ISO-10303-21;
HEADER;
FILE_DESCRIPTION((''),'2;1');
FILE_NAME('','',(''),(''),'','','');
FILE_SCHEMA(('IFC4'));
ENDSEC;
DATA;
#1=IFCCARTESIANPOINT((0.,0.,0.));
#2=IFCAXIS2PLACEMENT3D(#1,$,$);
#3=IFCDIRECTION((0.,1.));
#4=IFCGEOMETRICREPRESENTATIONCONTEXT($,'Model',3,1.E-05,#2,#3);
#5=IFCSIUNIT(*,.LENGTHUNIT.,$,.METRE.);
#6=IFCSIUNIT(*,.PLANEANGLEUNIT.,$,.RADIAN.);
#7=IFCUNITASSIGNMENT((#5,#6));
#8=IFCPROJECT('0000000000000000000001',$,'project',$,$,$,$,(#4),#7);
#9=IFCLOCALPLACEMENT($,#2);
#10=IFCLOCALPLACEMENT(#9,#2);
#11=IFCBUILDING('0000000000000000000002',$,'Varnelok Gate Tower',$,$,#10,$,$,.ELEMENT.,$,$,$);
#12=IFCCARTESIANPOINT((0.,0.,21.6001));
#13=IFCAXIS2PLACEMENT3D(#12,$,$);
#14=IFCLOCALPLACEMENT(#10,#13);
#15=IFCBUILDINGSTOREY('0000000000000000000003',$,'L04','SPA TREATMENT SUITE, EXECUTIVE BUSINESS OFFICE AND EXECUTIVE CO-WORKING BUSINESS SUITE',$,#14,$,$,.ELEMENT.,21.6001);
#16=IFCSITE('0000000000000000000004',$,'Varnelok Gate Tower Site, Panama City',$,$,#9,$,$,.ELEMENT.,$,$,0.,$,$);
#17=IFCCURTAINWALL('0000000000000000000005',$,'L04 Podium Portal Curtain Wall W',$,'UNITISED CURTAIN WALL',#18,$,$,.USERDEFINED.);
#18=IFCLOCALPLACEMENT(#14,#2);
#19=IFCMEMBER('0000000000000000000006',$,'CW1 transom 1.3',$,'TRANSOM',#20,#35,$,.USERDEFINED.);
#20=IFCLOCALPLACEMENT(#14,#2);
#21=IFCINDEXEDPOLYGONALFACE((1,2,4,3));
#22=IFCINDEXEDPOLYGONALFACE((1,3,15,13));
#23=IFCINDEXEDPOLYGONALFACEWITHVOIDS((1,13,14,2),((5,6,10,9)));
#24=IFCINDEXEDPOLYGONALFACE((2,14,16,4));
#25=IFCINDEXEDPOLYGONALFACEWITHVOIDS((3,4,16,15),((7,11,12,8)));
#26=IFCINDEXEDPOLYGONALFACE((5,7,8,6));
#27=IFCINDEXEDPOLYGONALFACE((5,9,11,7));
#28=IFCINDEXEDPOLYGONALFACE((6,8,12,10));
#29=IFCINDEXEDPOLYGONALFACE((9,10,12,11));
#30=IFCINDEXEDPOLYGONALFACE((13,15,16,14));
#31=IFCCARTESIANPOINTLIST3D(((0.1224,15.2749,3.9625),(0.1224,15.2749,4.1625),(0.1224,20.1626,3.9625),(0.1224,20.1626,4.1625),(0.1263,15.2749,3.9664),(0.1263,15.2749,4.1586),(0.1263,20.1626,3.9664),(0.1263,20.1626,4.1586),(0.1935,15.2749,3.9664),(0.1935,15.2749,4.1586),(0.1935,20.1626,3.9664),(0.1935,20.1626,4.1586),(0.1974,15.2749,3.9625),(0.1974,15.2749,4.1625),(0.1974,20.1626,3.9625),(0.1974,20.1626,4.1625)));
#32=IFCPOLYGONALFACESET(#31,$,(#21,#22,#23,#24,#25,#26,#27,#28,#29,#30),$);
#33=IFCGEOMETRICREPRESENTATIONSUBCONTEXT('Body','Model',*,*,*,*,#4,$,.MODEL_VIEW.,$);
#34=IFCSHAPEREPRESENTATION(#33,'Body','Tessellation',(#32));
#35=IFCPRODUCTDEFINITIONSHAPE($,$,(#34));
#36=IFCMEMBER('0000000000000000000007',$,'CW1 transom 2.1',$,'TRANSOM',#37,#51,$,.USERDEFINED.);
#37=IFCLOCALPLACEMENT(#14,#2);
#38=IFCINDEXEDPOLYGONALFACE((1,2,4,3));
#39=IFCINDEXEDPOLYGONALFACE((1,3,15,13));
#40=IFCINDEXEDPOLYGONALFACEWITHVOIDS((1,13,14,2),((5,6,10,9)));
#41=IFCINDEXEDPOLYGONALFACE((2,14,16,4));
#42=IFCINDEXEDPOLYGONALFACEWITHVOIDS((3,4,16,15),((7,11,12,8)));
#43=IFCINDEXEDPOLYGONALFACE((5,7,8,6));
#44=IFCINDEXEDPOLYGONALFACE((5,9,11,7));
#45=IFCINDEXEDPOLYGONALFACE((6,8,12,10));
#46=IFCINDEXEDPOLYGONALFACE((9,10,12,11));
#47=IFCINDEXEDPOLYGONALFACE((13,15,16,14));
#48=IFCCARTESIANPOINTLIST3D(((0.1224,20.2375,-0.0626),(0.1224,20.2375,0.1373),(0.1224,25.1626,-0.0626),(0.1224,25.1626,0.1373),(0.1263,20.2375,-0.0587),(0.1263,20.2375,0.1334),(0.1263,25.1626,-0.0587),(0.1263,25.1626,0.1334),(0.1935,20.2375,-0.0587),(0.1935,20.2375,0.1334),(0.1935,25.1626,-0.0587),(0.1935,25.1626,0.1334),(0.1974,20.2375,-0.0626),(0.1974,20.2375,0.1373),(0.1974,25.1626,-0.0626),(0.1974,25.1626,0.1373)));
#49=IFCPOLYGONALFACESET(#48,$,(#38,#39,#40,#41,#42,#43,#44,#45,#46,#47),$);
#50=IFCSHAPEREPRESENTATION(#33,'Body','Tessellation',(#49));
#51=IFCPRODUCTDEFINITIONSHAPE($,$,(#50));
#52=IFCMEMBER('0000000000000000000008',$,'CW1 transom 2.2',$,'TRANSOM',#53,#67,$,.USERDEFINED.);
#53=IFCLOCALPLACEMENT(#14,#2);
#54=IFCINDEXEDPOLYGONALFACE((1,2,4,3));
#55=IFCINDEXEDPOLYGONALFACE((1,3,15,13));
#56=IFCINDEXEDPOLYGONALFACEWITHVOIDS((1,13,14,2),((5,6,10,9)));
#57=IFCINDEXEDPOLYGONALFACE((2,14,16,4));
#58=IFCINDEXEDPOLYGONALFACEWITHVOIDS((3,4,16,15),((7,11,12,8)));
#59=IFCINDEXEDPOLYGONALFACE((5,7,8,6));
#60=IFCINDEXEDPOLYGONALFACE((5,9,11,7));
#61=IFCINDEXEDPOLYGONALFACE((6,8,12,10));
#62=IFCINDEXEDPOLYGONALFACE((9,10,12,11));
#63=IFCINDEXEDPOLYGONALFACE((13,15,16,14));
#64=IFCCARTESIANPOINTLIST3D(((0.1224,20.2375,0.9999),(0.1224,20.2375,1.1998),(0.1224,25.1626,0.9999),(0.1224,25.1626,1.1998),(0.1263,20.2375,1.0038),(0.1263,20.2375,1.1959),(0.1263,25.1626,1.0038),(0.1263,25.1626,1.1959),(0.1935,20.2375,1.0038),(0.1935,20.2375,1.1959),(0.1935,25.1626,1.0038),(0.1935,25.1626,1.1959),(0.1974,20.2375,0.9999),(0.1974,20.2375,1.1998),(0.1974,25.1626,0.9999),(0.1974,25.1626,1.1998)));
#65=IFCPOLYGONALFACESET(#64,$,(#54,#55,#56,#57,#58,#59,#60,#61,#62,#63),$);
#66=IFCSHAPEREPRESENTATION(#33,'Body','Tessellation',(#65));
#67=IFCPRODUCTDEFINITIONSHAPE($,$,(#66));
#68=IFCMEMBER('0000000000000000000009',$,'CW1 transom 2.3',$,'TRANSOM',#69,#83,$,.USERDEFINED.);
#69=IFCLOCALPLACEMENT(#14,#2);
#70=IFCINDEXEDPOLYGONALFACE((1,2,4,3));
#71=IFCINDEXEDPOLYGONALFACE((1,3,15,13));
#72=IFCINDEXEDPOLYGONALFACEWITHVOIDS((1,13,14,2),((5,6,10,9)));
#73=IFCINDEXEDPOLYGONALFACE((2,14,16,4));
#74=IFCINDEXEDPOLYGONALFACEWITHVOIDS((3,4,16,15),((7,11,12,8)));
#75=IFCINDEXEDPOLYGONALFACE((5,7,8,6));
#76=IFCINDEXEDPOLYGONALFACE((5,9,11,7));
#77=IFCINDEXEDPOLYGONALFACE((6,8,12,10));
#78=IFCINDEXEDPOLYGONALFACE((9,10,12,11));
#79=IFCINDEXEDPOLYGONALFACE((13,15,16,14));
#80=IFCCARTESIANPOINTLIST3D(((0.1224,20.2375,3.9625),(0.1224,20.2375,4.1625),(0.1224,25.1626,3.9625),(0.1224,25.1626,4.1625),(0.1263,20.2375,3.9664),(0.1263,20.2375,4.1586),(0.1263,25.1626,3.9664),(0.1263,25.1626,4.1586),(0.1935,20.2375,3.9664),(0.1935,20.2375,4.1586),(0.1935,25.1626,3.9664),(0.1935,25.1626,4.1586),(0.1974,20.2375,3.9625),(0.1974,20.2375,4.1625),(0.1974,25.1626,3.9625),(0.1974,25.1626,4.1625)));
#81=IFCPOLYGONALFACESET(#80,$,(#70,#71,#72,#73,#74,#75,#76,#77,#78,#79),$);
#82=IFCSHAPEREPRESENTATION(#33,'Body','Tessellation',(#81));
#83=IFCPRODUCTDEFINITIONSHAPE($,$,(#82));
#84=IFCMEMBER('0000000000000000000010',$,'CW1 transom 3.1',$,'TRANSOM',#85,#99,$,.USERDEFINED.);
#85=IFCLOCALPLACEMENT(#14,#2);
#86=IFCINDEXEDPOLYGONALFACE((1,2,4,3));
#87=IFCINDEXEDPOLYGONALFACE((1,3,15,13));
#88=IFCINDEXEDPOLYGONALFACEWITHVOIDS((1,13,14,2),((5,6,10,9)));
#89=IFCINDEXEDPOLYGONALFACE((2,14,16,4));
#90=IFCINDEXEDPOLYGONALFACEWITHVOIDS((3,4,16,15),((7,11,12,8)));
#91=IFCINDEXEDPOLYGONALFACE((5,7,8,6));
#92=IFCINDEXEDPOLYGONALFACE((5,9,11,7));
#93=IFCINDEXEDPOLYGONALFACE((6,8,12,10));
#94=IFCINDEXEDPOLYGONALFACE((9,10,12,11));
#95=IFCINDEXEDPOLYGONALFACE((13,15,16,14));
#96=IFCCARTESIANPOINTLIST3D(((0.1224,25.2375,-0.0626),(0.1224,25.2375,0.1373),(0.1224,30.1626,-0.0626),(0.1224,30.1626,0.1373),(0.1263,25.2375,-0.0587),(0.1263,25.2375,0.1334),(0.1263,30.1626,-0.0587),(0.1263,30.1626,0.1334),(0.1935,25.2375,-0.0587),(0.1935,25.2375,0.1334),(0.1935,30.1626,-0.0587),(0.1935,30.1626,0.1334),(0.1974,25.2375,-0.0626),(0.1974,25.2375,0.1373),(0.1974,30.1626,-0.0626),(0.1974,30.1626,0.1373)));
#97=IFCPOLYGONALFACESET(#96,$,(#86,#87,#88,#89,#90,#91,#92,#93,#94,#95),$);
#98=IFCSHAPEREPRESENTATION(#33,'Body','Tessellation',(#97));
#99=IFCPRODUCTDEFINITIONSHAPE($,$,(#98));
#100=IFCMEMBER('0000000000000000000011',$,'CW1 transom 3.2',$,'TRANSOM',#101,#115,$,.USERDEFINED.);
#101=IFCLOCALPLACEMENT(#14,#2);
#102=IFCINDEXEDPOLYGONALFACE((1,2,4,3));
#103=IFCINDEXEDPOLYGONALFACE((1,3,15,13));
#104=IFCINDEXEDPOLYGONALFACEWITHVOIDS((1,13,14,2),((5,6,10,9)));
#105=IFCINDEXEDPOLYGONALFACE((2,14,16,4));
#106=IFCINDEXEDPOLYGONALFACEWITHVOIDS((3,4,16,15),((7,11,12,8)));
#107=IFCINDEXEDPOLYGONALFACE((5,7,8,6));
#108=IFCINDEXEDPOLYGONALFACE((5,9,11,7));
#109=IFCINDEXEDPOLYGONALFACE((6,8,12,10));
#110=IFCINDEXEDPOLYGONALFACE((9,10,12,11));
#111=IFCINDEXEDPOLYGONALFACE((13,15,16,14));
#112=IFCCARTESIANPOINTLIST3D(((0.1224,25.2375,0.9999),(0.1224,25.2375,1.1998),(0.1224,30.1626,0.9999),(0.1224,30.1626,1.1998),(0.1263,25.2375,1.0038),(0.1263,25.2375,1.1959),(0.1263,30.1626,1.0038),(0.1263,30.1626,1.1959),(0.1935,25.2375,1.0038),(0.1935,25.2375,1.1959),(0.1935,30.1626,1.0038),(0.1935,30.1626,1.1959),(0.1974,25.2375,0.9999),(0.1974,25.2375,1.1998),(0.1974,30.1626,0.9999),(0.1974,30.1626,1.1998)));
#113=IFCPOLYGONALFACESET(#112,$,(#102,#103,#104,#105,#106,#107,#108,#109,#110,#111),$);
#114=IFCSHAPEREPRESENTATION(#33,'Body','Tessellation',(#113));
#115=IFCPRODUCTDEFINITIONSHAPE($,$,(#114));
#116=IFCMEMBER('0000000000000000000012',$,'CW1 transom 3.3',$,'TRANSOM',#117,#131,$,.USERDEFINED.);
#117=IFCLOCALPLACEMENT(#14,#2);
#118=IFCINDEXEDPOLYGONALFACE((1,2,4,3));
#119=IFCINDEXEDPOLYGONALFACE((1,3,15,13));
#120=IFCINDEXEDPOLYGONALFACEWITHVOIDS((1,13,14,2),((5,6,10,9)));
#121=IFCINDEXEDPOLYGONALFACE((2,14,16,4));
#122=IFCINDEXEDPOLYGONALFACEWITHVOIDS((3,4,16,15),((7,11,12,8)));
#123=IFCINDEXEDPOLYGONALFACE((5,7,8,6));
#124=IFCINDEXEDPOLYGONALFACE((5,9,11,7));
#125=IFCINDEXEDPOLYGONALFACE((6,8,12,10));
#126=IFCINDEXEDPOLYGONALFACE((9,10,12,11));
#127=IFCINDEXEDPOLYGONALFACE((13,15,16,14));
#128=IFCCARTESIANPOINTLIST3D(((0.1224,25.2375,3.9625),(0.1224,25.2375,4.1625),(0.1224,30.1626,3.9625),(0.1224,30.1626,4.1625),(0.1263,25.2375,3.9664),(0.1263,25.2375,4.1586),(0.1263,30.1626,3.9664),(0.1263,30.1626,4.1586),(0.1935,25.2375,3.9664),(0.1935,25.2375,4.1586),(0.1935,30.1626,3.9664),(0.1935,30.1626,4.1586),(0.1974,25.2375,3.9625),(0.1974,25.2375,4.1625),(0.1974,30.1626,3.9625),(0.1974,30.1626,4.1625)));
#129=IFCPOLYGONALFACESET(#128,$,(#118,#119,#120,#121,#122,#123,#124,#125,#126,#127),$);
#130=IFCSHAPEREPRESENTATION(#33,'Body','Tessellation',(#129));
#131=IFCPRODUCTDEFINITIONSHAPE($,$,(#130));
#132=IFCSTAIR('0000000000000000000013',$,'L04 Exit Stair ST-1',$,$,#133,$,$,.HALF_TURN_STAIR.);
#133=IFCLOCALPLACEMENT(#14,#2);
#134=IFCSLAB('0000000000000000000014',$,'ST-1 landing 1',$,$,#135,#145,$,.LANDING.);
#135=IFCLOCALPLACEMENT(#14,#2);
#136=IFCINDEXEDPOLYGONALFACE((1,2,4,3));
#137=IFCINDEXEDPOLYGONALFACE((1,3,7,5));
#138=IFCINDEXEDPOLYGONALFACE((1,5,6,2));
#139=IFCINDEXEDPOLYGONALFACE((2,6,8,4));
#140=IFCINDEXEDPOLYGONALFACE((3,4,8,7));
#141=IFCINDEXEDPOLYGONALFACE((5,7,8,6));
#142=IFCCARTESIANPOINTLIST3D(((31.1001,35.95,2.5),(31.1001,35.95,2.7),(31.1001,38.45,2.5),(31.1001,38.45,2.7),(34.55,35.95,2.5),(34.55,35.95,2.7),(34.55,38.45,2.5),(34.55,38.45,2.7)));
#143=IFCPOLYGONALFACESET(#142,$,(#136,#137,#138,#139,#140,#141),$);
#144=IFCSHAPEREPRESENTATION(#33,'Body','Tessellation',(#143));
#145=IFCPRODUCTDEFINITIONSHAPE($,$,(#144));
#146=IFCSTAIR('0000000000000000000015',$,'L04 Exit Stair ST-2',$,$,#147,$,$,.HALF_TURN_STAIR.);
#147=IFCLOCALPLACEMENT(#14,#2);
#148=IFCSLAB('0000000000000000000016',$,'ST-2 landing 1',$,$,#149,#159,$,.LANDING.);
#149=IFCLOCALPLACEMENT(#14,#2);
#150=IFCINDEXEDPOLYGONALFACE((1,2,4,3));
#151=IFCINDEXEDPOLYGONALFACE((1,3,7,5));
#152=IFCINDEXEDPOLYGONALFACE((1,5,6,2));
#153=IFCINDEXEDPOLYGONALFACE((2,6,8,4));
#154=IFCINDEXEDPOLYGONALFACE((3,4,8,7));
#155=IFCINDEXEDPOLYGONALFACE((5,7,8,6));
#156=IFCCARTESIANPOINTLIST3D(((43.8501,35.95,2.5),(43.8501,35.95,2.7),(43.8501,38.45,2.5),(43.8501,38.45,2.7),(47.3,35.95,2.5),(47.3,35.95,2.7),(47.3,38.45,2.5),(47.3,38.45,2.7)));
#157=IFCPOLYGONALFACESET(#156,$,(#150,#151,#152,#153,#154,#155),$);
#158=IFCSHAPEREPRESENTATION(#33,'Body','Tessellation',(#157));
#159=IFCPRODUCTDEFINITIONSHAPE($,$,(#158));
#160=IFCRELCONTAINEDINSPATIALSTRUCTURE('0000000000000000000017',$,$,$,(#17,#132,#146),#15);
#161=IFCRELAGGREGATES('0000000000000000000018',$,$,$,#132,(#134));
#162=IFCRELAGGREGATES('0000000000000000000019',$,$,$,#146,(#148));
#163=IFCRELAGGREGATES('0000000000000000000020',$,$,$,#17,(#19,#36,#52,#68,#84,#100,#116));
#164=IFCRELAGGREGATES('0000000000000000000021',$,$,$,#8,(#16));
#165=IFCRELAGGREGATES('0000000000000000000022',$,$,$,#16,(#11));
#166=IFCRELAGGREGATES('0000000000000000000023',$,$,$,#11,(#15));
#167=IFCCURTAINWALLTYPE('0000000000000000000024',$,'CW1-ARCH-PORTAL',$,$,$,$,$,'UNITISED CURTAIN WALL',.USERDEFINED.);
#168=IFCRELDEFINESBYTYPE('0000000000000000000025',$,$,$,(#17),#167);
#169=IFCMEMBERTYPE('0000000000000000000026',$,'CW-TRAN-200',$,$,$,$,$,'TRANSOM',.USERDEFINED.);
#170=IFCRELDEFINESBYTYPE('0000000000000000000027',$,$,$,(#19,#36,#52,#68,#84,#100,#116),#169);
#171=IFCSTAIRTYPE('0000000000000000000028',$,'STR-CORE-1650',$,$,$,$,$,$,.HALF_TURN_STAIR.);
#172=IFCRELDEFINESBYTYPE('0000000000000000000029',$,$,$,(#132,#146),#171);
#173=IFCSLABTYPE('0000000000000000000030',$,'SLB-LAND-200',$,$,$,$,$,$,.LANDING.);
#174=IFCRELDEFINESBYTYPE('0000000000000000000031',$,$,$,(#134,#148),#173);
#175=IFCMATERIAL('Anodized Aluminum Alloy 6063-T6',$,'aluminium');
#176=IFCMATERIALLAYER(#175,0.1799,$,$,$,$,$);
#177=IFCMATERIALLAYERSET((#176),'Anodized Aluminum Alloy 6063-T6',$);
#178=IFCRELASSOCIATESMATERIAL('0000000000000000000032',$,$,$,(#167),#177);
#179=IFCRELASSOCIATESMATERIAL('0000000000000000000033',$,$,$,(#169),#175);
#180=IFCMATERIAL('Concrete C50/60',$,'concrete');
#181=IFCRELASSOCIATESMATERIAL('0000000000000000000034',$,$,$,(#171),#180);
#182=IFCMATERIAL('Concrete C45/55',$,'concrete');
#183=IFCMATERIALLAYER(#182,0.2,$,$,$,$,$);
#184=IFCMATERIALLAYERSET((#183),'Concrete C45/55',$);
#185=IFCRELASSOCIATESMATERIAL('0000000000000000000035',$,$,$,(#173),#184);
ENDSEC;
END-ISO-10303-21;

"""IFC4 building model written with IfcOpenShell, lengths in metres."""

from ifc_helpers import new_model, si_unit, direction, frame, origin, origin_2d, place, context, subcontext, project, spatial, polyline, hollow_rectangle, outline, extrude, material, layer, layer_set, material_profile, profile_set, type_object, element, aggregate, save


model = new_model("IFC4")

# Units and contexts
model_context = context("Model", 3, precision=1e-05, world=origin(), true_north=direction((0.0, 1.0)))
body_context = subcontext(model_context, "Body", "Model", "MODEL_VIEW")
ifc_project = project(units=[si_unit("LENGTHUNIT", "METRE"), si_unit("PLANEANGLEUNIT", "RADIAN")], contexts=[model_context])

# Site, building, storey
site_placement = place(None, origin())
site = spatial("IfcSite", under=ifc_project, at=site_placement, Name="Varnelok Gate Tower Site, Panama City", CompositionType="ELEMENT", RefElevation=0.0)
building_placement = place(site_placement, origin())
building = spatial("IfcBuilding", under=site, at=building_placement, Name="Varnelok Gate Tower", CompositionType="ELEMENT")
storey_placement = place(building_placement, frame((0.0, 0.0, 21.6001)))
storey = spatial("IfcBuildingStorey", under=building, at=storey_placement, Name="L04", Description="SPA TREATMENT SUITE, EXECUTIVE BUSINESS OFFICE AND EXECUTIVE CO-WORKING BUSINESS SUITE", CompositionType="ELEMENT", Elevation=21.6001)

# Curtain wall, members
ifc_material_1 = material(Name="Anodized Aluminum Alloy 6063-T6", Category="aluminium")
ifc_layer_1 = layer(ifc_material_1, 0.1799)
ifc_layer_set_1 = layer_set([ifc_layer_1], Name="Anodized Aluminum Alloy 6063-T6")
curtain_wall_type = type_object("IfcCurtainWallType", Name="CW1-ARCH-PORTAL", ElementType="UNITISED CURTAIN WALL", PredefinedType="USERDEFINED", material=ifc_layer_set_1)
curtain_wall_placement = place(storey_placement, origin())
curtain_wall = element("IfcCurtainWall", 1, at=curtain_wall_placement, inside=storey, type_object=curtain_wall_type, Name="L04 Podium Portal Curtain Wall W", ObjectType="UNITISED CURTAIN WALL", PredefinedType="USERDEFINED")
ifc_material_profile_1 = material_profile(ifc_material_1, hollow_rectangle(XDim=0.075, YDim=0.2, WallThickness=0.0039, at=origin_2d()), Name="ALU200X75X4")
ifc_profile_set_1 = profile_set([ifc_material_profile_1], Name="Anodized Aluminum Alloy 6063-T6")
member_type_1 = type_object("IfcMemberType", Name="CW-TRAN-200", ElementType="TRANSOM", PredefinedType="USERDEFINED", material=ifc_profile_set_1)
member_1_placement = place(storey_placement, frame((0.1599, 15.2749, 4.0625), z_axis=(0.0, 1.0, 0.0), x_axis=(-1.0, 0.0, 0.0)))
member_1 = element("IfcMember", 2, at=member_1_placement, type_object=member_type_1, Name="CW1 transom 1.3", ObjectType="TRANSOM", PredefinedType="USERDEFINED", context=body_context, shape_type="SweptSolid", body=[
    extrude(hollow_rectangle(XDim=0.075, YDim=0.2, WallThickness=0.0039, at=origin_2d()), origin(), (0.0, 0.0, 1.0), 4.8877),
])
member_2_placement = place(storey_placement, frame((0.1599, 20.2375, 0.0374), z_axis=(0.0, 1.0, 0.0), x_axis=(-1.0, 0.0, 0.0)))
member_2 = element("IfcMember", 3, at=member_2_placement, type_object=member_type_1, Name="CW1 transom 2.1", ObjectType="TRANSOM", PredefinedType="USERDEFINED", context=body_context, shape_type="SweptSolid", body=[
    extrude(hollow_rectangle(XDim=0.075, YDim=0.2, WallThickness=0.0039, at=origin_2d()), origin(), (0.0, 0.0, 1.0), 4.925),
])
member_3_placement = place(storey_placement, frame((0.1599, 20.2375, 1.0999), z_axis=(0.0, 1.0, 0.0), x_axis=(-1.0, 0.0, 0.0)))
member_3 = element("IfcMember", 4, at=member_3_placement, type_object=member_type_1, Name="CW1 transom 2.2", ObjectType="TRANSOM", PredefinedType="USERDEFINED", context=body_context, shape_type="SweptSolid", body=[
    extrude(hollow_rectangle(XDim=0.075, YDim=0.2, WallThickness=0.0039, at=origin_2d()), origin(), (0.0, 0.0, 1.0), 4.925),
])
member_4_placement = place(storey_placement, frame((0.1599, 20.2375, 4.0625), z_axis=(0.0, 1.0, 0.0), x_axis=(-1.0, 0.0, 0.0)))
member_4 = element("IfcMember", 5, at=member_4_placement, type_object=member_type_1, Name="CW1 transom 2.3", ObjectType="TRANSOM", PredefinedType="USERDEFINED", context=body_context, shape_type="SweptSolid", body=[
    extrude(hollow_rectangle(XDim=0.075, YDim=0.2, WallThickness=0.0039, at=origin_2d()), origin(), (0.0, 0.0, 1.0), 4.925),
])
member_5_placement = place(storey_placement, frame((0.1599, 25.2375, 0.0374), z_axis=(0.0, 1.0, 0.0), x_axis=(-1.0, 0.0, 0.0)))
member_5 = element("IfcMember", 6, at=member_5_placement, type_object=member_type_1, Name="CW1 transom 3.1", ObjectType="TRANSOM", PredefinedType="USERDEFINED", context=body_context, shape_type="SweptSolid", body=[
    extrude(hollow_rectangle(XDim=0.075, YDim=0.2, WallThickness=0.0039, at=origin_2d()), origin(), (0.0, 0.0, 1.0), 4.925),
])
member_6_placement = place(storey_placement, frame((0.1599, 25.2375, 1.0999), z_axis=(0.0, 1.0, 0.0), x_axis=(-1.0, 0.0, 0.0)))
member_6 = element("IfcMember", 7, at=member_6_placement, type_object=member_type_1, Name="CW1 transom 3.2", ObjectType="TRANSOM", PredefinedType="USERDEFINED", context=body_context, shape_type="SweptSolid", body=[
    extrude(hollow_rectangle(XDim=0.075, YDim=0.2, WallThickness=0.0039, at=origin_2d()), origin(), (0.0, 0.0, 1.0), 4.925),
])
member_7_placement = place(storey_placement, frame((0.1599, 25.2375, 4.0625), z_axis=(0.0, 1.0, 0.0), x_axis=(-1.0, 0.0, 0.0)))
member_7 = element("IfcMember", 8, at=member_7_placement, type_object=member_type_1, Name="CW1 transom 3.3", ObjectType="TRANSOM", PredefinedType="USERDEFINED", context=body_context, shape_type="SweptSolid", body=[
    extrude(hollow_rectangle(XDim=0.075, YDim=0.2, WallThickness=0.0039, at=origin_2d()), origin(), (0.0, 0.0, 1.0), 4.925),
])

# Stairs, slabs
ifc_material_2 = material(Name="Concrete C50/60", Category="concrete")
stair_type = type_object("IfcStairType", Name="STR-CORE-1650", PredefinedType="HALF_TURN_STAIR", material=ifc_material_2)
stair_1_placement = place(storey_placement, origin())
stair_1 = element("IfcStair", 9, at=stair_1_placement, inside=storey, type_object=stair_type, Name="L04 Exit Stair ST-1", PredefinedType="HALF_TURN_STAIR")
ifc_material_3 = material(Name="Concrete C45/55", Category="concrete")
ifc_layer_2 = layer(ifc_material_3, 0.2)
ifc_layer_set_2 = layer_set([ifc_layer_2], Name="Concrete C45/55")
slab_type_1 = type_object("IfcSlabType", Name="SLB-LAND-200", PredefinedType="LANDING", material=ifc_layer_set_2)
slab_1_placement = place(storey_placement, frame((0.0, 0.0, 2.5)))
slab_1 = element("IfcSlab", 10, at=slab_1_placement, type_object=slab_type_1, Name="ST-1 landing 1", PredefinedType="LANDING", context=body_context, shape_type="SweptSolid", body=[
    extrude(outline(polyline([(34.55, 35.95), (34.55, 38.45), (31.1001, 38.45), (31.1001, 35.95), (34.55, 35.95)])), origin(), (0.0, 0.0, 1.0), 0.2),
])
aggregate(stair_1, [slab_1])
stair_2_placement = place(storey_placement, origin())
stair_2 = element("IfcStair", 11, at=stair_2_placement, inside=storey, type_object=stair_type, Name="L04 Exit Stair ST-2", PredefinedType="HALF_TURN_STAIR")
slab_2_placement = place(storey_placement, frame((0.0, 0.0, 2.5)))
slab_2 = element("IfcSlab", 12, at=slab_2_placement, type_object=slab_type_1, Name="ST-2 landing 1", PredefinedType="LANDING", context=body_context, shape_type="SweptSolid", body=[
    extrude(outline(polyline([(47.3, 35.95), (47.3, 38.45), (43.8501, 38.45), (43.8501, 35.95), (47.3, 35.95)])), origin(), (0.0, 0.0, 1.0), 0.2),
])
aggregate(stair_2, [slab_2])

aggregate(curtain_wall, [member_1, member_2, member_3, member_4, member_5, member_6, member_7])

save(model, "model.ifc")
